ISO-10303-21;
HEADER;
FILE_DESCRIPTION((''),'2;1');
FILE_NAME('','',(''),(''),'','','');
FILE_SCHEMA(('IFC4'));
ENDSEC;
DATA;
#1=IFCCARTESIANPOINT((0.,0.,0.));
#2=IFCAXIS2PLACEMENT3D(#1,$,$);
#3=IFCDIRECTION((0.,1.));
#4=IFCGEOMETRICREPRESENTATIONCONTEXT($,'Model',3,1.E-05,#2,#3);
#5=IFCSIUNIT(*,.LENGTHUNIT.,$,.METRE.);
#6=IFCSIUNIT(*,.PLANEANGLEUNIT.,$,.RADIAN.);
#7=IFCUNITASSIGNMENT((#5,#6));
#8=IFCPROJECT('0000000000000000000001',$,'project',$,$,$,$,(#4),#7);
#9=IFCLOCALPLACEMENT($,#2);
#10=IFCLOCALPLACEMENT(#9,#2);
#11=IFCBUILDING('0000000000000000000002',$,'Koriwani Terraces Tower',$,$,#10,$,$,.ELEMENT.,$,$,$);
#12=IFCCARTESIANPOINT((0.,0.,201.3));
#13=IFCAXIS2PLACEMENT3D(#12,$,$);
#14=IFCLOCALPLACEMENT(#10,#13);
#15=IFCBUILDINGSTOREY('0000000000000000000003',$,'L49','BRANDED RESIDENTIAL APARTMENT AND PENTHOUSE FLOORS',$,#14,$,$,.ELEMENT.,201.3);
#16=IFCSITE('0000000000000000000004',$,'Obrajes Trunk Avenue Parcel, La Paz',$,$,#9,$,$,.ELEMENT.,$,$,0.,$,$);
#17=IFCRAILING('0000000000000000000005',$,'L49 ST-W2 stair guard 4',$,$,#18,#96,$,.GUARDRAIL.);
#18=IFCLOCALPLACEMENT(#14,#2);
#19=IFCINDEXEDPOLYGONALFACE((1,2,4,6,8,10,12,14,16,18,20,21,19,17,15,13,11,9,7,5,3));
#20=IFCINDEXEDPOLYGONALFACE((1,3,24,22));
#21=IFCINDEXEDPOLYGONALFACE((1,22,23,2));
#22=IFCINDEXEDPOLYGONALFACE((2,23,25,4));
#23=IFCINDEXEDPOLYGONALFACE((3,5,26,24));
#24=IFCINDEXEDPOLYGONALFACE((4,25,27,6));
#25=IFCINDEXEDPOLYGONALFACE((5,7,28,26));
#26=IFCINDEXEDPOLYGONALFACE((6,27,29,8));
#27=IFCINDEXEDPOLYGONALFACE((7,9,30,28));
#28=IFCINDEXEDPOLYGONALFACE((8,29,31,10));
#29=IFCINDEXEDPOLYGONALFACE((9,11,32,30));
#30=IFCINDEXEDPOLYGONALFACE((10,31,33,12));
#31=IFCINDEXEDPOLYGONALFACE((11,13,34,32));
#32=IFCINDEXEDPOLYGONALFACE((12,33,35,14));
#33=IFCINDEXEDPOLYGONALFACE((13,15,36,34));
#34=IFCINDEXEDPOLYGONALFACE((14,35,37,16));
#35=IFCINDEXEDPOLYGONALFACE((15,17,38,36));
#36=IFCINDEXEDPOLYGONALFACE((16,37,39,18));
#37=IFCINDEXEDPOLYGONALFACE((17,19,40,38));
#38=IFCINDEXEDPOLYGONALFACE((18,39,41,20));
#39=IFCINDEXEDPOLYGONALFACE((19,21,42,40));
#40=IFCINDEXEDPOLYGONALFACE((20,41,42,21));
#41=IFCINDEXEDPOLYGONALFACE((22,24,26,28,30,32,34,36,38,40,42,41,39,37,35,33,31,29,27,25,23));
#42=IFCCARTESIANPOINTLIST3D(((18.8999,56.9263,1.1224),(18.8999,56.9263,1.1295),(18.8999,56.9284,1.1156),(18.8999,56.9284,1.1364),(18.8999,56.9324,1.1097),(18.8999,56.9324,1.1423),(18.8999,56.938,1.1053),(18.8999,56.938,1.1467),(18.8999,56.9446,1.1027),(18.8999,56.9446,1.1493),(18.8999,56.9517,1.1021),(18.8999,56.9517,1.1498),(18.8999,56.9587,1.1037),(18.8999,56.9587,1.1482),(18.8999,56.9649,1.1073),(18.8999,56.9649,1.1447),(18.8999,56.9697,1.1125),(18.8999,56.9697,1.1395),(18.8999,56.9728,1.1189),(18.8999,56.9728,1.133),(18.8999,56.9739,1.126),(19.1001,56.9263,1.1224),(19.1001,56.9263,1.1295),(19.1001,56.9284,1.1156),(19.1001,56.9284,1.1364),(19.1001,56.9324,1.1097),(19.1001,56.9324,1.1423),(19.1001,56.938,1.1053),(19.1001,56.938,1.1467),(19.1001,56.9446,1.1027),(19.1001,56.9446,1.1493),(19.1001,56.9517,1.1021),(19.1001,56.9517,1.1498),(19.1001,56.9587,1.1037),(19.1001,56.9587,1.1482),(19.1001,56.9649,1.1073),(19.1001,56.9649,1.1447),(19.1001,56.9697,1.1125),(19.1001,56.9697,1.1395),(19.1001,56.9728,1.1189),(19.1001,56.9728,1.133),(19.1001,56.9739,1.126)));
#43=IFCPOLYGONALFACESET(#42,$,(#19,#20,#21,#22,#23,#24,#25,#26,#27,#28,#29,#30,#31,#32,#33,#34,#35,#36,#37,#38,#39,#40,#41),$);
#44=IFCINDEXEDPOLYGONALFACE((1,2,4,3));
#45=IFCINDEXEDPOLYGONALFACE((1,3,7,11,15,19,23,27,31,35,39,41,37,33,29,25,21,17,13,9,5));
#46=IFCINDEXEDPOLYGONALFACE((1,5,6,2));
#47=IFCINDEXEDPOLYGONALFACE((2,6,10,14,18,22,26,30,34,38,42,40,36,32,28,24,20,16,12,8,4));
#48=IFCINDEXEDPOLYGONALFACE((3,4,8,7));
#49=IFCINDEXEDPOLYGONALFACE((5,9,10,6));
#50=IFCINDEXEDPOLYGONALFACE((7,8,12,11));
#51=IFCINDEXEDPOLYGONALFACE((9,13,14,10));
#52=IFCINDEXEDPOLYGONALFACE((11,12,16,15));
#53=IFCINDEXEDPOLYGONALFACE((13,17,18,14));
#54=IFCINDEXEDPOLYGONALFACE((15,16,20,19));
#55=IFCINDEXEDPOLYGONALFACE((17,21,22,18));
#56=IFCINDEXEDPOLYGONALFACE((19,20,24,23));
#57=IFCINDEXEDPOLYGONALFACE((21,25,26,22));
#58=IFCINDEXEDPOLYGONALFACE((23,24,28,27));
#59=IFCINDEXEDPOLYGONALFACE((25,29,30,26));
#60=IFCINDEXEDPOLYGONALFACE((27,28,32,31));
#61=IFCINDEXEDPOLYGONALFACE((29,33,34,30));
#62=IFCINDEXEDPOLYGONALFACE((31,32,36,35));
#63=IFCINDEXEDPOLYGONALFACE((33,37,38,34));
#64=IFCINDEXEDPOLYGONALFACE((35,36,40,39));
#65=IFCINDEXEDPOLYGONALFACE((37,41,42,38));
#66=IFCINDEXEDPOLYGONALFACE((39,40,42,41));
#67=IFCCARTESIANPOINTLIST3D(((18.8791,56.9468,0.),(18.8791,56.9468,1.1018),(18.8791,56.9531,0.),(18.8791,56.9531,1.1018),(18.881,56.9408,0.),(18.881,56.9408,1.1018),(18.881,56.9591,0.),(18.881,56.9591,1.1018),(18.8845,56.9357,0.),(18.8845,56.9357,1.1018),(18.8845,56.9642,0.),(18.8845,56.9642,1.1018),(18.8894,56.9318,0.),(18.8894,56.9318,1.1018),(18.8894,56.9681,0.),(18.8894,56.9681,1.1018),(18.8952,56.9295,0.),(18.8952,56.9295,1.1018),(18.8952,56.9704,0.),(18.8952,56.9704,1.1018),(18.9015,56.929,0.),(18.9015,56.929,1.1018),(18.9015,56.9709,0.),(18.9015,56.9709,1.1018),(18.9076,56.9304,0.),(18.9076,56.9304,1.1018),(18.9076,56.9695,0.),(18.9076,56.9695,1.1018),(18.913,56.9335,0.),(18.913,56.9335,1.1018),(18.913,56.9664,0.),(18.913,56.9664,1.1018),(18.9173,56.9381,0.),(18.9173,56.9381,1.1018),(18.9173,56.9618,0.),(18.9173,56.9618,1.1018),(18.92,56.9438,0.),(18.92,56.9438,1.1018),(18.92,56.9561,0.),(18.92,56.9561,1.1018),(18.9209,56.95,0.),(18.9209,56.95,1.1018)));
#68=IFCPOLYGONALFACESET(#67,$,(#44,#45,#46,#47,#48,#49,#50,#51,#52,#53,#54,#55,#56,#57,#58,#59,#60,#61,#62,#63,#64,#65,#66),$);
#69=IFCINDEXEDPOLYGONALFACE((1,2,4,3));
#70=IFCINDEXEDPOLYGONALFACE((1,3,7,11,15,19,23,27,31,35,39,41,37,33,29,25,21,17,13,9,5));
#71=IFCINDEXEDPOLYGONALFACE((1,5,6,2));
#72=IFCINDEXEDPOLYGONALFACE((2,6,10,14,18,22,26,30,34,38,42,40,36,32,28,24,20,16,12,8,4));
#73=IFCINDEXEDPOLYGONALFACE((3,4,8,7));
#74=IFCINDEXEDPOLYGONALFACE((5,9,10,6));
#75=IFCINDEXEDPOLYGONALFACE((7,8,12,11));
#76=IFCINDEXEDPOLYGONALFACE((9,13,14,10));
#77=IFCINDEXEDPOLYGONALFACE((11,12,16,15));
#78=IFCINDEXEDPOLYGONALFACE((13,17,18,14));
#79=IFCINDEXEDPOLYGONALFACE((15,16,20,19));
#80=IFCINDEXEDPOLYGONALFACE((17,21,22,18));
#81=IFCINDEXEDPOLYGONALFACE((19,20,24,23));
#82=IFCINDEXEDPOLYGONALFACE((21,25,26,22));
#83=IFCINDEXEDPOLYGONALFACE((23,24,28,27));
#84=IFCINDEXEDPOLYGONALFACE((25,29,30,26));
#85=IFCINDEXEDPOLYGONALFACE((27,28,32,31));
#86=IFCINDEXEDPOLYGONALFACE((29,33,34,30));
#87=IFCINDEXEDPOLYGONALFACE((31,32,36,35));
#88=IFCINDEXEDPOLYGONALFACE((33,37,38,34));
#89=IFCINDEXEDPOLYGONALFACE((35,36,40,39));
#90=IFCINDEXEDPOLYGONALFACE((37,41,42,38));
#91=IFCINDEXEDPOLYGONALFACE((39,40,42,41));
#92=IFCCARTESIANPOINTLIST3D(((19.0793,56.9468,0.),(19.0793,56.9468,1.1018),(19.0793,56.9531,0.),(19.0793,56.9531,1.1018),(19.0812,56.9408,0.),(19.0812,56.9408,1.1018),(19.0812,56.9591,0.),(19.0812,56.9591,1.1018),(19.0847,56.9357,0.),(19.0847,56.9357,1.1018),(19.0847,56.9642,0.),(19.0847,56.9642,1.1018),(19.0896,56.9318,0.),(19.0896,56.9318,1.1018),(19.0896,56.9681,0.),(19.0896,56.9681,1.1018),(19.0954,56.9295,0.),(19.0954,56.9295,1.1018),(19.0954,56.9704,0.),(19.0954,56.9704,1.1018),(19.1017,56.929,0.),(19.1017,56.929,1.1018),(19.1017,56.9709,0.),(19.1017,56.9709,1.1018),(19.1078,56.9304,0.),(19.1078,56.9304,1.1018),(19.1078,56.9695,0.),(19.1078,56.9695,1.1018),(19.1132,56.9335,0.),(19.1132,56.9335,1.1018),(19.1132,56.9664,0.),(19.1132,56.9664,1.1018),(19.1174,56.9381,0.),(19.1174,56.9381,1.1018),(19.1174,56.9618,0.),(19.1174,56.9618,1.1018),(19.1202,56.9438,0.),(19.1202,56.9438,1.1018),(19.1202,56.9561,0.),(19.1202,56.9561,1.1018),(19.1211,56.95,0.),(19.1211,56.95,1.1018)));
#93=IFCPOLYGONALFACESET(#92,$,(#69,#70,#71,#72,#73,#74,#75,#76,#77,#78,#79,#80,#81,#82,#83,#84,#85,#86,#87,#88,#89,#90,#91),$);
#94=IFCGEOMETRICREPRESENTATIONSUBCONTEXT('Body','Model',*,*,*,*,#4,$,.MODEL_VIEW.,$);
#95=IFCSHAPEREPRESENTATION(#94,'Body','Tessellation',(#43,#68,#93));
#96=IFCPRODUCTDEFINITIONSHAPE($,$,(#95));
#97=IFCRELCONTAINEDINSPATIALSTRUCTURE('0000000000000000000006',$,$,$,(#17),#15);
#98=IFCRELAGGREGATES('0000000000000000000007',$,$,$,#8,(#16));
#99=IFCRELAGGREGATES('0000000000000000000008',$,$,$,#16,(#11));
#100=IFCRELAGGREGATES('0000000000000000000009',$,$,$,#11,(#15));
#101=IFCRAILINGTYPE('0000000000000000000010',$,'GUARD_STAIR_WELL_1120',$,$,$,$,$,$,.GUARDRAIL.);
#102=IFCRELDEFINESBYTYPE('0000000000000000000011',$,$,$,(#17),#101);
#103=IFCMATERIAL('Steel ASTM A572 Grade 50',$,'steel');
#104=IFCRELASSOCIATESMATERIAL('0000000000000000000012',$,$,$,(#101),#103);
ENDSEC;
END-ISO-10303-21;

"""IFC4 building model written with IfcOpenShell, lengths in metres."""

from ifc_helpers import new_model, si_unit, direction, frame, origin, origin_2d, place, context, subcontext, project, spatial, circle, extrude, material, type_object, element, save


model = new_model("IFC4")

# Units and contexts
model_context = context("Model", 3, precision=1e-05, world=origin(), true_north=direction((0.0, 1.0)))
body_context = subcontext(model_context, "Body", "Model", "MODEL_VIEW")
ifc_project = project(units=[si_unit("LENGTHUNIT", "METRE"), si_unit("PLANEANGLEUNIT", "RADIAN")], contexts=[model_context])

# Site, building, storey
site_placement = place(None, origin())
site = spatial("IfcSite", under=ifc_project, at=site_placement, Name="Obrajes Trunk Avenue Parcel, La Paz", CompositionType="ELEMENT", RefElevation=0.0)
building_placement = place(site_placement, origin())
building = spatial("IfcBuilding", under=site, at=building_placement, Name="Koriwani Terraces Tower", CompositionType="ELEMENT")
storey_placement = place(building_placement, frame((0.0, 0.0, 201.3)))
storey = spatial("IfcBuildingStorey", under=building, at=storey_placement, Name="L49", Description="BRANDED RESIDENTIAL APARTMENT AND PENTHOUSE FLOORS", CompositionType="ELEMENT", Elevation=201.3)

# Shared definitions
ifc_material_1 = material(Name="Steel ASTM A572 Grade 50", Category="steel")

# Railing
railing_type_1 = type_object("IfcRailingType", Name="GUARD_STAIR_WELL_1120", PredefinedType="GUARDRAIL", material=ifc_material_1)
railing_1_placement = place(storey_placement, frame((18.8999, 56.95, 0.0)))
element("IfcRailing", 1, at=railing_1_placement, inside=storey, type_object=railing_type_1, Name="L49 ST-W2 stair guard 4", PredefinedType="GUARDRAIL", context=body_context, shape_type="SweptSolid", body=[
    extrude(circle(Radius=0.0239, at=origin_2d()), frame((0.0, 0.0, 1.126), z_axis=(1.0, 0.0, 0.0), x_axis=(0.0, 1.0, 0.0)), (0.0, 0.0, 1.0), 0.2002),
    extrude(circle(Radius=0.021, at=origin_2d()), origin(), (0.0, 0.0, 1.0), 1.1018),
    extrude(circle(Radius=0.021, at=origin_2d()), frame((0.2002, 0.0, 0.0)), (0.0, 0.0, 1.0), 1.1018),
])

save(model, "model.ifc")
